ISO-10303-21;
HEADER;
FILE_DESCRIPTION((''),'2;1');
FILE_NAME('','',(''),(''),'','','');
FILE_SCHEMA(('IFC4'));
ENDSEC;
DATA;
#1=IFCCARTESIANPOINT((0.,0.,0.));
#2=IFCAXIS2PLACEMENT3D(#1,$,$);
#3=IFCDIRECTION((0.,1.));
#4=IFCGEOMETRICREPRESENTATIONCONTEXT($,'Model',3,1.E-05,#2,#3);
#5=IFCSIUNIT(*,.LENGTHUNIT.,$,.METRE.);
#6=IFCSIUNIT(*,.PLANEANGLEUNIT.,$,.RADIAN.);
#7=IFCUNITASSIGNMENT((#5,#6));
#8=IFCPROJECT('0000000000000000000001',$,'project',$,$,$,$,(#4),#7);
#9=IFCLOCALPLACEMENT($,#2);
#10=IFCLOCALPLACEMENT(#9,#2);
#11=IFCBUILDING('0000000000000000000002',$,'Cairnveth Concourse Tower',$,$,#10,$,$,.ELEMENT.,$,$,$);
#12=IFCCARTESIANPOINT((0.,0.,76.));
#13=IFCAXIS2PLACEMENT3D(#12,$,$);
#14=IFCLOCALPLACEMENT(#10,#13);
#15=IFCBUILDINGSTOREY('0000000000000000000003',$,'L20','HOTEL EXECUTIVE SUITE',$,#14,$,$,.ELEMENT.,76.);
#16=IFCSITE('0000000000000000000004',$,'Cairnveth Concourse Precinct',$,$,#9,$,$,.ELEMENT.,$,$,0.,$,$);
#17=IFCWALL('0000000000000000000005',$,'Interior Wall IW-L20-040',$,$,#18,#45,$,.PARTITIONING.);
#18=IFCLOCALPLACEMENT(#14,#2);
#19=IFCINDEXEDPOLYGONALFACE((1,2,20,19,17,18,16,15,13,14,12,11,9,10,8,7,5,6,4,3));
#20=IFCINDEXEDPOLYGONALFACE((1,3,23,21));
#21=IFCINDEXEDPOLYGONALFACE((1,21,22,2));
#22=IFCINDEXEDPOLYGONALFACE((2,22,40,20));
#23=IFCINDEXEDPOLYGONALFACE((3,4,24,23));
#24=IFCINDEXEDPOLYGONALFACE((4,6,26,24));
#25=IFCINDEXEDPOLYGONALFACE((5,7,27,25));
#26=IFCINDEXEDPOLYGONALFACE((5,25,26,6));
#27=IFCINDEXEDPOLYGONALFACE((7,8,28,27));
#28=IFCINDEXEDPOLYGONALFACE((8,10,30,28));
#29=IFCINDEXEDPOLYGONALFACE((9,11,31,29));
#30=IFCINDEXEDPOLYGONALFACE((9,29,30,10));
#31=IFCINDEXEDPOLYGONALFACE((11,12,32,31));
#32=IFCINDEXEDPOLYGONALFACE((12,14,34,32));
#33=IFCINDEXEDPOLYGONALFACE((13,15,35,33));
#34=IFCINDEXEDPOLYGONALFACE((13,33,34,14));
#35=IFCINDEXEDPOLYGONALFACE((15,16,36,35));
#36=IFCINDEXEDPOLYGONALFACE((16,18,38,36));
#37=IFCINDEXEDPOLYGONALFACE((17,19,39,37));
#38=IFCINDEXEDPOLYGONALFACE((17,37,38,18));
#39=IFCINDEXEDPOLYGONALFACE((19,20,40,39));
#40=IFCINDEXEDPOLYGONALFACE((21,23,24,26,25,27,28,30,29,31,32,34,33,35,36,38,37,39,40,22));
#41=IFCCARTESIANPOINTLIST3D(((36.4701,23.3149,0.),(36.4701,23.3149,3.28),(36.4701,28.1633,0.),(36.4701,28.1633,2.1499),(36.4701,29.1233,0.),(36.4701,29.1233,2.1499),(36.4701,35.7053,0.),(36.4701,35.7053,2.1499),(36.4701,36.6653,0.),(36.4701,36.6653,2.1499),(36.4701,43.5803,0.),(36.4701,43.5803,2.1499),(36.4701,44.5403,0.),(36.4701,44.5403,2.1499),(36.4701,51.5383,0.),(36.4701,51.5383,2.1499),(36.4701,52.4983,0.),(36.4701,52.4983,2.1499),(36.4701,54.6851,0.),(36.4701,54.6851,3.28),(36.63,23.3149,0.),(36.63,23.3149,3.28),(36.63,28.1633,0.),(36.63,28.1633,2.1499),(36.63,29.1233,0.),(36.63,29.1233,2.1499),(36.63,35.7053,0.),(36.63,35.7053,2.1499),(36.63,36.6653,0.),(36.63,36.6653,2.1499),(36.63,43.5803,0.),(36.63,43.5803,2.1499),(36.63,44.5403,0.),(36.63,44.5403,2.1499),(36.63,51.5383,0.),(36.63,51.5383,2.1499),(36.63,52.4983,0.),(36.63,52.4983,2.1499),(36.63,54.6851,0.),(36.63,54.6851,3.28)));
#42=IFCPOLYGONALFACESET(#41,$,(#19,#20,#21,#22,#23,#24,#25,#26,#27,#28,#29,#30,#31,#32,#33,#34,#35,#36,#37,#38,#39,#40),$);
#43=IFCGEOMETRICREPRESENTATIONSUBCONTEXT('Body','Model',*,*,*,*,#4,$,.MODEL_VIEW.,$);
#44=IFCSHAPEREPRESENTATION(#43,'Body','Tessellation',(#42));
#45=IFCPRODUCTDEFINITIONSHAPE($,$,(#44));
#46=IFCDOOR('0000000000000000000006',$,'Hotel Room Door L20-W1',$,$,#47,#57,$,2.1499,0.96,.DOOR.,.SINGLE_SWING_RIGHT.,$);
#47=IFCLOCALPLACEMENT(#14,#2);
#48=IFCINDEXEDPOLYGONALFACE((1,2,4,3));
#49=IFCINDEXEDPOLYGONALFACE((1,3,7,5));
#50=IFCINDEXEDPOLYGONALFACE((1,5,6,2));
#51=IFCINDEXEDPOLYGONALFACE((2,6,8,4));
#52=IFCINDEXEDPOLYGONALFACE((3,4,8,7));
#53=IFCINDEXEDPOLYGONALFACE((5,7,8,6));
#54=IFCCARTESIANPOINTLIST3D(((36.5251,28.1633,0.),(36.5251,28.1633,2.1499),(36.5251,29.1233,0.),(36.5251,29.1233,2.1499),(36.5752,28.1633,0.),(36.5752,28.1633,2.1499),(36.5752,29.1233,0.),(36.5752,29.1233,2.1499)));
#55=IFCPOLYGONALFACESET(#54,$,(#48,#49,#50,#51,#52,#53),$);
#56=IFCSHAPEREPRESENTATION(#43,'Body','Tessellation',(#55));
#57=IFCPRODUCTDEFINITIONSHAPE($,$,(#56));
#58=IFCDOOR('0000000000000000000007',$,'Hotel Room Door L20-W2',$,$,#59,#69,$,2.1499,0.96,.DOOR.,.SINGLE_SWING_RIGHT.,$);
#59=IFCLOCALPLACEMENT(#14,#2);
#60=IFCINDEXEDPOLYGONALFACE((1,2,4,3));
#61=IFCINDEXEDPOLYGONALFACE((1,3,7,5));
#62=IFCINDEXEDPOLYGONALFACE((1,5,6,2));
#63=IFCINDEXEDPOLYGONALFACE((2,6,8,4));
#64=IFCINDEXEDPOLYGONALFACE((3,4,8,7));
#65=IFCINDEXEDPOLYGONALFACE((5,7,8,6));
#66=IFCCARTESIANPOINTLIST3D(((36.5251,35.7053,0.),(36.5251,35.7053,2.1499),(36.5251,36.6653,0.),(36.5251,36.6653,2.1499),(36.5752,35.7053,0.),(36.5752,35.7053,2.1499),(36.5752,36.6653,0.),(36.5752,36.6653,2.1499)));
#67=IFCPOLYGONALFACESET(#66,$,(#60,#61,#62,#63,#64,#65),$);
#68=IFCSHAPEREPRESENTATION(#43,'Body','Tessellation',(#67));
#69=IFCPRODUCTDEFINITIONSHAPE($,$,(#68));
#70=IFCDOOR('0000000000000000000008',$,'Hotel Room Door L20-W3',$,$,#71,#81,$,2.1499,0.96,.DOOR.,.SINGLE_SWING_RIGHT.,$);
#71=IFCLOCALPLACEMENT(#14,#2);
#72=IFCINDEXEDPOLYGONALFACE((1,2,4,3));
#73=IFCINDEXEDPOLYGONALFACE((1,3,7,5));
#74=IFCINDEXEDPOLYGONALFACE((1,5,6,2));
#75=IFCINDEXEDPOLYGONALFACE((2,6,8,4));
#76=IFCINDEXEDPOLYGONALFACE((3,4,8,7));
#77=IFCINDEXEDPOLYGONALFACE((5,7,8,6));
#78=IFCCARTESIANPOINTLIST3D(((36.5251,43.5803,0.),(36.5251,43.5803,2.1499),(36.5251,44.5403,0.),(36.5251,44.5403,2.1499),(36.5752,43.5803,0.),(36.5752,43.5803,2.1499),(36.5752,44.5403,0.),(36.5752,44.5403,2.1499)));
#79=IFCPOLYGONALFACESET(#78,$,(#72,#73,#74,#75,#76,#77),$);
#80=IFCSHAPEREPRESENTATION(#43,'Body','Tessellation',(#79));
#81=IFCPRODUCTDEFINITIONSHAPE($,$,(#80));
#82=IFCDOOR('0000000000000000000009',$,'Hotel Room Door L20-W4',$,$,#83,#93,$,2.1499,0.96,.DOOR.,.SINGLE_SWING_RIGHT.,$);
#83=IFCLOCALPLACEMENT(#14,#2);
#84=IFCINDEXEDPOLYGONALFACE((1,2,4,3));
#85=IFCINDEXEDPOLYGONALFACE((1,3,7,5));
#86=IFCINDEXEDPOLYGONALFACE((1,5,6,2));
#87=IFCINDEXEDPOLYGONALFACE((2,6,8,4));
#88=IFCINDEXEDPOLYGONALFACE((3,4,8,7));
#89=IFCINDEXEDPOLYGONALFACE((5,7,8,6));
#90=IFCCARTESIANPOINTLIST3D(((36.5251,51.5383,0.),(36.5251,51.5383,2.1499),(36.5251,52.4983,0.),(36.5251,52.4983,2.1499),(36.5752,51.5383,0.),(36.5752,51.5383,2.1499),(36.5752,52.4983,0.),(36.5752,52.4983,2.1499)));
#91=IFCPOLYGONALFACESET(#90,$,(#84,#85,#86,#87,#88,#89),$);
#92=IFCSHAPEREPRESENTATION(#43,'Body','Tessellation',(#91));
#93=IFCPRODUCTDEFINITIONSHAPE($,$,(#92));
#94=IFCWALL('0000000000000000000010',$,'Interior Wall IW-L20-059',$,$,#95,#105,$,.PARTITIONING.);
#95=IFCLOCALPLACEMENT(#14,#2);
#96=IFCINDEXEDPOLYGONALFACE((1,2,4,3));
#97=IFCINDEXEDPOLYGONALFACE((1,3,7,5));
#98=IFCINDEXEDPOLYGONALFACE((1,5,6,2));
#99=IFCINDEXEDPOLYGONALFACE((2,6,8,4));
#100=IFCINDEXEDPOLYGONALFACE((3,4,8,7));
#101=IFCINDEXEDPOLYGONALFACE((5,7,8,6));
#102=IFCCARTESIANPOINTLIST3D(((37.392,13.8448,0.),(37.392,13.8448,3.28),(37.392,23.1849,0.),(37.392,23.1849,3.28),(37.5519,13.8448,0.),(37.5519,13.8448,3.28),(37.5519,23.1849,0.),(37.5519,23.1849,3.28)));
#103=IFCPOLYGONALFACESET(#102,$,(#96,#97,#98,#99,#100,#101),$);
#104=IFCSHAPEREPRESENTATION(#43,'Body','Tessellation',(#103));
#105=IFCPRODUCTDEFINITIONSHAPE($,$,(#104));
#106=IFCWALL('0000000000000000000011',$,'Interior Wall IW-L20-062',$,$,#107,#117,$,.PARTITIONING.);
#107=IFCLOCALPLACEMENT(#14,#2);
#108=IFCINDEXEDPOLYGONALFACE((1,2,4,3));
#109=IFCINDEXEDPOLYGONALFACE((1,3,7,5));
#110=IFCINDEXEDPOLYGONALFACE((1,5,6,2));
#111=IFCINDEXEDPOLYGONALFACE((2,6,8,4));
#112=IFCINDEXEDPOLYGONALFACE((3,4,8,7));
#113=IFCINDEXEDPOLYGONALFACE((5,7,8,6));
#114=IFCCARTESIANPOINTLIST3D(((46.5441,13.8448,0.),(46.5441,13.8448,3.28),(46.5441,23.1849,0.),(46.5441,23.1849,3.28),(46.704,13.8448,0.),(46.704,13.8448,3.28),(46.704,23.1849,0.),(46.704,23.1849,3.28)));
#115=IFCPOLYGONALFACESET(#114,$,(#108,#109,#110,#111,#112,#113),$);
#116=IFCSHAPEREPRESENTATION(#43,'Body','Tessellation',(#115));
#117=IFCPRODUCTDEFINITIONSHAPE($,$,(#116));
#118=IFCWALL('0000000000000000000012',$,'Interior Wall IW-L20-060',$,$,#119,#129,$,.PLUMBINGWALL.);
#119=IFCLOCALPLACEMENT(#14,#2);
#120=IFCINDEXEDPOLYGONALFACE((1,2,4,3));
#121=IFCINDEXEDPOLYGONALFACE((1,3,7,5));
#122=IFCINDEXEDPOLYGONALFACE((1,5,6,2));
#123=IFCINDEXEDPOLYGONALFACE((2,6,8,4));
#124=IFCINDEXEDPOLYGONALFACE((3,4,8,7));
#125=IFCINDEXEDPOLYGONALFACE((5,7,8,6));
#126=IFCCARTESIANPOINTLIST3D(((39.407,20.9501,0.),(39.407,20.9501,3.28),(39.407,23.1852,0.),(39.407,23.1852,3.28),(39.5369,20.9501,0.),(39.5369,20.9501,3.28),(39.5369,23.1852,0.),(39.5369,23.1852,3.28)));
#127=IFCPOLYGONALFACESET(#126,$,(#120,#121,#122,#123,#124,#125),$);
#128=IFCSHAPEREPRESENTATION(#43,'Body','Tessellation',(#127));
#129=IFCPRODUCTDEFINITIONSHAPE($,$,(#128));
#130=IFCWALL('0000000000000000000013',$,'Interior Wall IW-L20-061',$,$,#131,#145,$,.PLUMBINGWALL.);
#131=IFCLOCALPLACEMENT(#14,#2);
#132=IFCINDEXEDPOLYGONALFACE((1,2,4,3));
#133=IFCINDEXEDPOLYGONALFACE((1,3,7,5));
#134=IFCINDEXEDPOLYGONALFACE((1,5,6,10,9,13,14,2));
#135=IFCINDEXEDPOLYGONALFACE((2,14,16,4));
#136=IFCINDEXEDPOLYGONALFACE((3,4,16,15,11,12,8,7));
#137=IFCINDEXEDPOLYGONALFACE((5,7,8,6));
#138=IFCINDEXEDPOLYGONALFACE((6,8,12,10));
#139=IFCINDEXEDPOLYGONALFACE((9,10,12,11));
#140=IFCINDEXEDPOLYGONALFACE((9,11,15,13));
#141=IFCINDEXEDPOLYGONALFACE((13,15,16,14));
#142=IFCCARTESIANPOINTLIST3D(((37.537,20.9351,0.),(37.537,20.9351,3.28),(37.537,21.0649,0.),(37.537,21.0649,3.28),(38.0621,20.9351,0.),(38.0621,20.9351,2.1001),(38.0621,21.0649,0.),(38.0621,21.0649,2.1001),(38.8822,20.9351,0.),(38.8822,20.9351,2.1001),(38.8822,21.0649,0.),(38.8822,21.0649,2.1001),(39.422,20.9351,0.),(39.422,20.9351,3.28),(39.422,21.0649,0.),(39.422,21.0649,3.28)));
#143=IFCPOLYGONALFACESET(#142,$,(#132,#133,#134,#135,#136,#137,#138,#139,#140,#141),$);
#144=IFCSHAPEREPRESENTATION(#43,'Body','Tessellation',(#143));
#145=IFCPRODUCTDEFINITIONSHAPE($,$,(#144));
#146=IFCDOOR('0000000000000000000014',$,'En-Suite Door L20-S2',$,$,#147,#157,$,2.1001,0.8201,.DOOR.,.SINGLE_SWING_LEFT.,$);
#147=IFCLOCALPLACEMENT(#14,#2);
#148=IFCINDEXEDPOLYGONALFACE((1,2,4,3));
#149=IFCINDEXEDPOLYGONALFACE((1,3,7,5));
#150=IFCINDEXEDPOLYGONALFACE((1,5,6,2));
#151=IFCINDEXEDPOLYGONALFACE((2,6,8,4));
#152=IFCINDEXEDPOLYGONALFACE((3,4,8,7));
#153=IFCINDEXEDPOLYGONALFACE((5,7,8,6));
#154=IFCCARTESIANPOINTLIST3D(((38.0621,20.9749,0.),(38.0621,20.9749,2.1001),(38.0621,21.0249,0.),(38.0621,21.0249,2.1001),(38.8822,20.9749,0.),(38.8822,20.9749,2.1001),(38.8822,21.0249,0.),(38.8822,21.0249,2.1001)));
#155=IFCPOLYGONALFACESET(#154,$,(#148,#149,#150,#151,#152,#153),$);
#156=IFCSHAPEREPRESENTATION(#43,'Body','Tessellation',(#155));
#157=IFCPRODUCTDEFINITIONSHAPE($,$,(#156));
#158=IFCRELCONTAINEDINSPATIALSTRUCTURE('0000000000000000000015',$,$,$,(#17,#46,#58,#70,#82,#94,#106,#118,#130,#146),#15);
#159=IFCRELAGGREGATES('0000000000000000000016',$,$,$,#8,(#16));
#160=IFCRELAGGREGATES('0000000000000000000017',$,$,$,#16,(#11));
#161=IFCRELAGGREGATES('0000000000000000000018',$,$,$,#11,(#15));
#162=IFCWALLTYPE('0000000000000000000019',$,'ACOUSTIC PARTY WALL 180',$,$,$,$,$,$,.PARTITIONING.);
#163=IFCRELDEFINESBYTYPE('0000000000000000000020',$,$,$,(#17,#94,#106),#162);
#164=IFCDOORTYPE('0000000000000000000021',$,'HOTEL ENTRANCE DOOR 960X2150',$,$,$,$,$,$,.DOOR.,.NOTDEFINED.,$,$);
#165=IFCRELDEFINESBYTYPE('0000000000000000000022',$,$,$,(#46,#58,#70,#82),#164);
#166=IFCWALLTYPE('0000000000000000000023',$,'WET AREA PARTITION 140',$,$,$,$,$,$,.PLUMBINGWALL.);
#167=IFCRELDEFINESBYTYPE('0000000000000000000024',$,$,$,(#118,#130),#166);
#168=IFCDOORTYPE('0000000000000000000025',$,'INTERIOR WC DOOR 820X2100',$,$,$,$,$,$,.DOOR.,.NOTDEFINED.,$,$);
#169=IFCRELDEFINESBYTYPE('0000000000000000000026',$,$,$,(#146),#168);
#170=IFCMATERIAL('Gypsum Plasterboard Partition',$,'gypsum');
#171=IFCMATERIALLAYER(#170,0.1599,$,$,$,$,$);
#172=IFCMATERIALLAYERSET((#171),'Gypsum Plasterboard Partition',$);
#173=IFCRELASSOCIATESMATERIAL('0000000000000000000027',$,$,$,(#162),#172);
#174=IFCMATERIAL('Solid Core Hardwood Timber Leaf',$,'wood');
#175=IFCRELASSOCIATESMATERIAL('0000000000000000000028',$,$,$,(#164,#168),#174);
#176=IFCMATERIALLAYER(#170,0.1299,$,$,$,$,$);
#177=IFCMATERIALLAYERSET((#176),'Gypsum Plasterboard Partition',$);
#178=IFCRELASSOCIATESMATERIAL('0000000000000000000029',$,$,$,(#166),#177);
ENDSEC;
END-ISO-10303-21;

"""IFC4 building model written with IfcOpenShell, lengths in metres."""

from ifc_helpers import new_model, si_unit, direction, frame, frame_2d, origin, place, context, subcontext, project, spatial, rectangle, extrude, material, layer, layer_set, type_object, element, fill, save


model = new_model("IFC4")

# Units and contexts
model_context = context("Model", 3, precision=1e-05, world=origin(), true_north=direction((0.0, 1.0)))
body_context = subcontext(model_context, "Body", "Model", "MODEL_VIEW")
ifc_project = project(units=[si_unit("LENGTHUNIT", "METRE"), si_unit("PLANEANGLEUNIT", "RADIAN")], contexts=[model_context])

# Site, building, storey
site_placement = place(None, origin())
site = spatial("IfcSite", under=ifc_project, at=site_placement, Name="Cairnveth Concourse Precinct", CompositionType="ELEMENT", RefElevation=0.0)
building_placement = place(site_placement, origin())
building = spatial("IfcBuilding", under=site, at=building_placement, Name="Cairnveth Concourse Tower", CompositionType="ELEMENT")
storey_placement = place(building_placement, frame((0.0, 0.0, 76.0)))
storey = spatial("IfcBuildingStorey", under=building, at=storey_placement, Name="L20", Description="HOTEL EXECUTIVE SUITE", CompositionType="ELEMENT", Elevation=76.0)

# Wall, openings, doors
ifc_material_1 = material(Name="Gypsum Plasterboard Partition", Category="gypsum")
ifc_layer_1 = layer(ifc_material_1, 0.1599)
ifc_layer_set_1 = layer_set([ifc_layer_1], Name="Gypsum Plasterboard Partition")
wall_type_1 = type_object("IfcWallType", Name="ACOUSTIC PARTY WALL 180", PredefinedType="PARTITIONING", material=ifc_layer_set_1)
ifc_material_2 = material(Name="Solid Core Hardwood Timber Leaf", Category="wood")
door_type_1 = type_object("IfcDoorType", Name="HOTEL ENTRANCE DOOR 960X2150", OperationType="NOTDEFINED", PredefinedType="DOOR", material=ifc_material_2)
wall_1_placement = place(storey_placement, frame((36.55, 23.3149, 0.0), z_axis=(0.0, 0.0, 1.0), x_axis=(0.0, 1.0, 0.0)))
wall_1 = element("IfcWall", 1, at=wall_1_placement, inside=storey, type_object=wall_type_1, Name="Interior Wall IW-L20-040", PredefinedType="PARTITIONING", context=body_context, shape_type="SweptSolid", body=[
    extrude(rectangle(XDim=31.3701, YDim=0.1599, at=frame_2d((15.6851, 0.0))), origin(), (0.0, 0.0, 1.0), 3.28),
])
opening_1_placement = place(wall_1_placement, frame((4.8484, 0.0, 0.0)))
opening_1 = element("IfcOpeningElement", 2, at=opening_1_placement, cuts=wall_1, PredefinedType="OPENING", context=body_context, shape_type="SweptSolid", body=[
    extrude(rectangle(XDim=0.96, YDim=2.1499, at=frame_2d((0.48, 1.075))), frame((0.0, 0.0898, 0.0), z_axis=(0.0, -1.0, 0.0), x_axis=(1.0, 0.0, 0.0)), (0.0, 0.0, 1.0), 0.1799),
])
opening_2_placement = place(wall_1_placement, frame((12.3904, 0.0, 0.0)))
opening_2 = element("IfcOpeningElement", 3, at=opening_2_placement, cuts=wall_1, PredefinedType="OPENING", context=body_context, shape_type="SweptSolid", body=[
    extrude(rectangle(XDim=0.96, YDim=2.1499, at=frame_2d((0.48, 1.075))), frame((0.0, 0.0898, 0.0), z_axis=(0.0, -1.0, 0.0), x_axis=(1.0, 0.0, 0.0)), (0.0, 0.0, 1.0), 0.1799),
])
opening_3_placement = place(wall_1_placement, frame((20.2654, 0.0, 0.0)))
opening_3 = element("IfcOpeningElement", 4, at=opening_3_placement, cuts=wall_1, PredefinedType="OPENING", context=body_context, shape_type="SweptSolid", body=[
    extrude(rectangle(XDim=0.96, YDim=2.1499, at=frame_2d((0.48, 1.075))), frame((0.0, 0.0898, 0.0), z_axis=(0.0, -1.0, 0.0), x_axis=(1.0, 0.0, 0.0)), (0.0, 0.0, 1.0), 0.1799),
])
opening_4_placement = place(wall_1_placement, frame((28.2234, 0.0, 0.0)))
opening_4 = element("IfcOpeningElement", 5, at=opening_4_placement, cuts=wall_1, PredefinedType="OPENING", context=body_context, shape_type="SweptSolid", body=[
    extrude(rectangle(XDim=0.96, YDim=2.1499, at=frame_2d((0.48, 1.075))), frame((0.0, 0.0898, 0.0), z_axis=(0.0, -1.0, 0.0), x_axis=(1.0, 0.0, 0.0)), (0.0, 0.0, 1.0), 0.1799),
])
door_1_placement = place(opening_1_placement, origin())
door_1 = element("IfcDoor", 6, at=door_1_placement, inside=storey, type_object=door_type_1, Name="Hotel Room Door L20-W1", OperationType="SINGLE_SWING_RIGHT", OverallHeight=2.1499, OverallWidth=0.96, PredefinedType="DOOR", context=body_context, shape_type="SweptSolid", body=[
    extrude(rectangle(XDim=0.96, YDim=2.1499, at=frame_2d((0.48, 1.075))), frame((0.0, 0.0249, 0.0), z_axis=(0.0, -1.0, 0.0), x_axis=(1.0, 0.0, 0.0)), (0.0, 0.0, 1.0), 0.05),
])
fill(opening_1, door_1)
door_2_placement = place(opening_2_placement, origin())
door_2 = element("IfcDoor", 7, at=door_2_placement, inside=storey, type_object=door_type_1, Name="Hotel Room Door L20-W2", OperationType="SINGLE_SWING_RIGHT", OverallHeight=2.1499, OverallWidth=0.96, PredefinedType="DOOR", context=body_context, shape_type="SweptSolid", body=[
    extrude(rectangle(XDim=0.96, YDim=2.1499, at=frame_2d((0.48, 1.075))), frame((0.0, 0.0249, 0.0), z_axis=(0.0, -1.0, 0.0), x_axis=(1.0, 0.0, 0.0)), (0.0, 0.0, 1.0), 0.05),
])
fill(opening_2, door_2)
door_3_placement = place(opening_3_placement, origin())
door_3 = element("IfcDoor", 8, at=door_3_placement, inside=storey, type_object=door_type_1, Name="Hotel Room Door L20-W3", OperationType="SINGLE_SWING_RIGHT", OverallHeight=2.1499, OverallWidth=0.96, PredefinedType="DOOR", context=body_context, shape_type="SweptSolid", body=[
    extrude(rectangle(XDim=0.96, YDim=2.1499, at=frame_2d((0.48, 1.075))), frame((0.0, 0.0249, 0.0), z_axis=(0.0, -1.0, 0.0), x_axis=(1.0, 0.0, 0.0)), (0.0, 0.0, 1.0), 0.05),
])
fill(opening_3, door_3)
door_4_placement = place(opening_4_placement, origin())
door_4 = element("IfcDoor", 9, at=door_4_placement, inside=storey, type_object=door_type_1, Name="Hotel Room Door L20-W4", OperationType="SINGLE_SWING_RIGHT", OverallHeight=2.1499, OverallWidth=0.96, PredefinedType="DOOR", context=body_context, shape_type="SweptSolid", body=[
    extrude(rectangle(XDim=0.96, YDim=2.1499, at=frame_2d((0.48, 1.075))), frame((0.0, 0.0249, 0.0), z_axis=(0.0, -1.0, 0.0), x_axis=(1.0, 0.0, 0.0)), (0.0, 0.0, 1.0), 0.05),
])
fill(opening_4, door_4)

# Walls
for number, where, z_axis, x_axis, name in (
    (10, (37.4719, 13.845, 0.0), (0.0, 0.0, 1.0), (0.0, 1.0, 0.0), "Interior Wall IW-L20-059"),
    (11, (46.624, 13.845, 0.0), (0.0, 0.0, 1.0), (0.0, 1.0, 0.0), "Interior Wall IW-L20-062"),
):
    element("IfcWall", number, at=place(storey_placement, frame(where, z_axis=z_axis, x_axis=x_axis)), inside=storey, type_object=wall_type_1, Name=name, PredefinedType="PARTITIONING", context=body_context, shape_type="SweptSolid", body=[
        extrude(rectangle(XDim=9.3401, YDim=0.1599, at=frame_2d((4.6699, 0.0))), origin(), (0.0, 0.0, 1.0), 3.28),
    ])
ifc_layer_2 = layer(ifc_material_1, 0.1299)
ifc_layer_set_2 = layer_set([ifc_layer_2], Name="Gypsum Plasterboard Partition")
wall_type_2 = type_object("IfcWallType", Name="WET AREA PARTITION 140", PredefinedType="PLUMBINGWALL", material=ifc_layer_set_2)
wall_2_placement = place(storey_placement, frame((39.4719, 20.95, 0.0), z_axis=(0.0, 0.0, 1.0), x_axis=(0.0, 1.0, 0.0)))
element("IfcWall", 12, at=wall_2_placement, inside=storey, type_object=wall_type_2, Name="Interior Wall IW-L20-060", PredefinedType="PLUMBINGWALL", context=body_context, shape_type="SweptSolid", body=[
    extrude(rectangle(XDim=2.2351, YDim=0.1299, at=frame_2d((1.1177, 0.0))), origin(), (0.0, 0.0, 1.0), 3.28),
])

# Wall, opening, door
wall_3_placement = place(storey_placement, frame((37.5371, 21.0, 0.0), z_axis=(0.0, 0.0, 1.0), x_axis=(1.0, 0.0, 0.0)))
wall_3 = element("IfcWall", 13, at=wall_3_placement, inside=storey, type_object=wall_type_2, Name="Interior Wall IW-L20-061", PredefinedType="PLUMBINGWALL", context=body_context, shape_type="SweptSolid", body=[
    extrude(rectangle(XDim=1.885, YDim=0.1299, at=frame_2d((0.9424, 0.0))), origin(), (0.0, 0.0, 1.0), 3.28),
])
opening_5_placement = place(wall_3_placement, frame((0.5249, 0.0, 0.0)))
opening_5 = element("IfcOpeningElement", 14, at=opening_5_placement, cuts=wall_3, PredefinedType="OPENING", context=body_context, shape_type="SweptSolid", body=[
    extrude(rectangle(XDim=0.8201, YDim=2.1001, at=frame_2d((0.4102, 1.05))), frame((0.0, 0.075, 0.0), z_axis=(0.0, -1.0, 0.0), x_axis=(1.0, 0.0, 0.0)), (0.0, 0.0, 1.0), 0.1499),
])
door_type_2 = type_object("IfcDoorType", Name="INTERIOR WC DOOR 820X2100", OperationType="NOTDEFINED", PredefinedType="DOOR", material=ifc_material_2)
door_5_placement = place(opening_5_placement, origin())
door_5 = element("IfcDoor", 15, at=door_5_placement, inside=storey, type_object=door_type_2, Name="En-Suite Door L20-S2", OperationType="SINGLE_SWING_LEFT", OverallHeight=2.1001, OverallWidth=0.8201, PredefinedType="DOOR", context=body_context, shape_type="SweptSolid", body=[
    extrude(rectangle(XDim=0.8201, YDim=2.1001, at=frame_2d((0.4102, 1.05))), frame((0.0, 0.0249, 0.0), z_axis=(0.0, -1.0, 0.0), x_axis=(1.0, 0.0, 0.0)), (0.0, 0.0, 1.0), 0.05),
])
fill(opening_5, door_5)

save(model, "model.ifc")
